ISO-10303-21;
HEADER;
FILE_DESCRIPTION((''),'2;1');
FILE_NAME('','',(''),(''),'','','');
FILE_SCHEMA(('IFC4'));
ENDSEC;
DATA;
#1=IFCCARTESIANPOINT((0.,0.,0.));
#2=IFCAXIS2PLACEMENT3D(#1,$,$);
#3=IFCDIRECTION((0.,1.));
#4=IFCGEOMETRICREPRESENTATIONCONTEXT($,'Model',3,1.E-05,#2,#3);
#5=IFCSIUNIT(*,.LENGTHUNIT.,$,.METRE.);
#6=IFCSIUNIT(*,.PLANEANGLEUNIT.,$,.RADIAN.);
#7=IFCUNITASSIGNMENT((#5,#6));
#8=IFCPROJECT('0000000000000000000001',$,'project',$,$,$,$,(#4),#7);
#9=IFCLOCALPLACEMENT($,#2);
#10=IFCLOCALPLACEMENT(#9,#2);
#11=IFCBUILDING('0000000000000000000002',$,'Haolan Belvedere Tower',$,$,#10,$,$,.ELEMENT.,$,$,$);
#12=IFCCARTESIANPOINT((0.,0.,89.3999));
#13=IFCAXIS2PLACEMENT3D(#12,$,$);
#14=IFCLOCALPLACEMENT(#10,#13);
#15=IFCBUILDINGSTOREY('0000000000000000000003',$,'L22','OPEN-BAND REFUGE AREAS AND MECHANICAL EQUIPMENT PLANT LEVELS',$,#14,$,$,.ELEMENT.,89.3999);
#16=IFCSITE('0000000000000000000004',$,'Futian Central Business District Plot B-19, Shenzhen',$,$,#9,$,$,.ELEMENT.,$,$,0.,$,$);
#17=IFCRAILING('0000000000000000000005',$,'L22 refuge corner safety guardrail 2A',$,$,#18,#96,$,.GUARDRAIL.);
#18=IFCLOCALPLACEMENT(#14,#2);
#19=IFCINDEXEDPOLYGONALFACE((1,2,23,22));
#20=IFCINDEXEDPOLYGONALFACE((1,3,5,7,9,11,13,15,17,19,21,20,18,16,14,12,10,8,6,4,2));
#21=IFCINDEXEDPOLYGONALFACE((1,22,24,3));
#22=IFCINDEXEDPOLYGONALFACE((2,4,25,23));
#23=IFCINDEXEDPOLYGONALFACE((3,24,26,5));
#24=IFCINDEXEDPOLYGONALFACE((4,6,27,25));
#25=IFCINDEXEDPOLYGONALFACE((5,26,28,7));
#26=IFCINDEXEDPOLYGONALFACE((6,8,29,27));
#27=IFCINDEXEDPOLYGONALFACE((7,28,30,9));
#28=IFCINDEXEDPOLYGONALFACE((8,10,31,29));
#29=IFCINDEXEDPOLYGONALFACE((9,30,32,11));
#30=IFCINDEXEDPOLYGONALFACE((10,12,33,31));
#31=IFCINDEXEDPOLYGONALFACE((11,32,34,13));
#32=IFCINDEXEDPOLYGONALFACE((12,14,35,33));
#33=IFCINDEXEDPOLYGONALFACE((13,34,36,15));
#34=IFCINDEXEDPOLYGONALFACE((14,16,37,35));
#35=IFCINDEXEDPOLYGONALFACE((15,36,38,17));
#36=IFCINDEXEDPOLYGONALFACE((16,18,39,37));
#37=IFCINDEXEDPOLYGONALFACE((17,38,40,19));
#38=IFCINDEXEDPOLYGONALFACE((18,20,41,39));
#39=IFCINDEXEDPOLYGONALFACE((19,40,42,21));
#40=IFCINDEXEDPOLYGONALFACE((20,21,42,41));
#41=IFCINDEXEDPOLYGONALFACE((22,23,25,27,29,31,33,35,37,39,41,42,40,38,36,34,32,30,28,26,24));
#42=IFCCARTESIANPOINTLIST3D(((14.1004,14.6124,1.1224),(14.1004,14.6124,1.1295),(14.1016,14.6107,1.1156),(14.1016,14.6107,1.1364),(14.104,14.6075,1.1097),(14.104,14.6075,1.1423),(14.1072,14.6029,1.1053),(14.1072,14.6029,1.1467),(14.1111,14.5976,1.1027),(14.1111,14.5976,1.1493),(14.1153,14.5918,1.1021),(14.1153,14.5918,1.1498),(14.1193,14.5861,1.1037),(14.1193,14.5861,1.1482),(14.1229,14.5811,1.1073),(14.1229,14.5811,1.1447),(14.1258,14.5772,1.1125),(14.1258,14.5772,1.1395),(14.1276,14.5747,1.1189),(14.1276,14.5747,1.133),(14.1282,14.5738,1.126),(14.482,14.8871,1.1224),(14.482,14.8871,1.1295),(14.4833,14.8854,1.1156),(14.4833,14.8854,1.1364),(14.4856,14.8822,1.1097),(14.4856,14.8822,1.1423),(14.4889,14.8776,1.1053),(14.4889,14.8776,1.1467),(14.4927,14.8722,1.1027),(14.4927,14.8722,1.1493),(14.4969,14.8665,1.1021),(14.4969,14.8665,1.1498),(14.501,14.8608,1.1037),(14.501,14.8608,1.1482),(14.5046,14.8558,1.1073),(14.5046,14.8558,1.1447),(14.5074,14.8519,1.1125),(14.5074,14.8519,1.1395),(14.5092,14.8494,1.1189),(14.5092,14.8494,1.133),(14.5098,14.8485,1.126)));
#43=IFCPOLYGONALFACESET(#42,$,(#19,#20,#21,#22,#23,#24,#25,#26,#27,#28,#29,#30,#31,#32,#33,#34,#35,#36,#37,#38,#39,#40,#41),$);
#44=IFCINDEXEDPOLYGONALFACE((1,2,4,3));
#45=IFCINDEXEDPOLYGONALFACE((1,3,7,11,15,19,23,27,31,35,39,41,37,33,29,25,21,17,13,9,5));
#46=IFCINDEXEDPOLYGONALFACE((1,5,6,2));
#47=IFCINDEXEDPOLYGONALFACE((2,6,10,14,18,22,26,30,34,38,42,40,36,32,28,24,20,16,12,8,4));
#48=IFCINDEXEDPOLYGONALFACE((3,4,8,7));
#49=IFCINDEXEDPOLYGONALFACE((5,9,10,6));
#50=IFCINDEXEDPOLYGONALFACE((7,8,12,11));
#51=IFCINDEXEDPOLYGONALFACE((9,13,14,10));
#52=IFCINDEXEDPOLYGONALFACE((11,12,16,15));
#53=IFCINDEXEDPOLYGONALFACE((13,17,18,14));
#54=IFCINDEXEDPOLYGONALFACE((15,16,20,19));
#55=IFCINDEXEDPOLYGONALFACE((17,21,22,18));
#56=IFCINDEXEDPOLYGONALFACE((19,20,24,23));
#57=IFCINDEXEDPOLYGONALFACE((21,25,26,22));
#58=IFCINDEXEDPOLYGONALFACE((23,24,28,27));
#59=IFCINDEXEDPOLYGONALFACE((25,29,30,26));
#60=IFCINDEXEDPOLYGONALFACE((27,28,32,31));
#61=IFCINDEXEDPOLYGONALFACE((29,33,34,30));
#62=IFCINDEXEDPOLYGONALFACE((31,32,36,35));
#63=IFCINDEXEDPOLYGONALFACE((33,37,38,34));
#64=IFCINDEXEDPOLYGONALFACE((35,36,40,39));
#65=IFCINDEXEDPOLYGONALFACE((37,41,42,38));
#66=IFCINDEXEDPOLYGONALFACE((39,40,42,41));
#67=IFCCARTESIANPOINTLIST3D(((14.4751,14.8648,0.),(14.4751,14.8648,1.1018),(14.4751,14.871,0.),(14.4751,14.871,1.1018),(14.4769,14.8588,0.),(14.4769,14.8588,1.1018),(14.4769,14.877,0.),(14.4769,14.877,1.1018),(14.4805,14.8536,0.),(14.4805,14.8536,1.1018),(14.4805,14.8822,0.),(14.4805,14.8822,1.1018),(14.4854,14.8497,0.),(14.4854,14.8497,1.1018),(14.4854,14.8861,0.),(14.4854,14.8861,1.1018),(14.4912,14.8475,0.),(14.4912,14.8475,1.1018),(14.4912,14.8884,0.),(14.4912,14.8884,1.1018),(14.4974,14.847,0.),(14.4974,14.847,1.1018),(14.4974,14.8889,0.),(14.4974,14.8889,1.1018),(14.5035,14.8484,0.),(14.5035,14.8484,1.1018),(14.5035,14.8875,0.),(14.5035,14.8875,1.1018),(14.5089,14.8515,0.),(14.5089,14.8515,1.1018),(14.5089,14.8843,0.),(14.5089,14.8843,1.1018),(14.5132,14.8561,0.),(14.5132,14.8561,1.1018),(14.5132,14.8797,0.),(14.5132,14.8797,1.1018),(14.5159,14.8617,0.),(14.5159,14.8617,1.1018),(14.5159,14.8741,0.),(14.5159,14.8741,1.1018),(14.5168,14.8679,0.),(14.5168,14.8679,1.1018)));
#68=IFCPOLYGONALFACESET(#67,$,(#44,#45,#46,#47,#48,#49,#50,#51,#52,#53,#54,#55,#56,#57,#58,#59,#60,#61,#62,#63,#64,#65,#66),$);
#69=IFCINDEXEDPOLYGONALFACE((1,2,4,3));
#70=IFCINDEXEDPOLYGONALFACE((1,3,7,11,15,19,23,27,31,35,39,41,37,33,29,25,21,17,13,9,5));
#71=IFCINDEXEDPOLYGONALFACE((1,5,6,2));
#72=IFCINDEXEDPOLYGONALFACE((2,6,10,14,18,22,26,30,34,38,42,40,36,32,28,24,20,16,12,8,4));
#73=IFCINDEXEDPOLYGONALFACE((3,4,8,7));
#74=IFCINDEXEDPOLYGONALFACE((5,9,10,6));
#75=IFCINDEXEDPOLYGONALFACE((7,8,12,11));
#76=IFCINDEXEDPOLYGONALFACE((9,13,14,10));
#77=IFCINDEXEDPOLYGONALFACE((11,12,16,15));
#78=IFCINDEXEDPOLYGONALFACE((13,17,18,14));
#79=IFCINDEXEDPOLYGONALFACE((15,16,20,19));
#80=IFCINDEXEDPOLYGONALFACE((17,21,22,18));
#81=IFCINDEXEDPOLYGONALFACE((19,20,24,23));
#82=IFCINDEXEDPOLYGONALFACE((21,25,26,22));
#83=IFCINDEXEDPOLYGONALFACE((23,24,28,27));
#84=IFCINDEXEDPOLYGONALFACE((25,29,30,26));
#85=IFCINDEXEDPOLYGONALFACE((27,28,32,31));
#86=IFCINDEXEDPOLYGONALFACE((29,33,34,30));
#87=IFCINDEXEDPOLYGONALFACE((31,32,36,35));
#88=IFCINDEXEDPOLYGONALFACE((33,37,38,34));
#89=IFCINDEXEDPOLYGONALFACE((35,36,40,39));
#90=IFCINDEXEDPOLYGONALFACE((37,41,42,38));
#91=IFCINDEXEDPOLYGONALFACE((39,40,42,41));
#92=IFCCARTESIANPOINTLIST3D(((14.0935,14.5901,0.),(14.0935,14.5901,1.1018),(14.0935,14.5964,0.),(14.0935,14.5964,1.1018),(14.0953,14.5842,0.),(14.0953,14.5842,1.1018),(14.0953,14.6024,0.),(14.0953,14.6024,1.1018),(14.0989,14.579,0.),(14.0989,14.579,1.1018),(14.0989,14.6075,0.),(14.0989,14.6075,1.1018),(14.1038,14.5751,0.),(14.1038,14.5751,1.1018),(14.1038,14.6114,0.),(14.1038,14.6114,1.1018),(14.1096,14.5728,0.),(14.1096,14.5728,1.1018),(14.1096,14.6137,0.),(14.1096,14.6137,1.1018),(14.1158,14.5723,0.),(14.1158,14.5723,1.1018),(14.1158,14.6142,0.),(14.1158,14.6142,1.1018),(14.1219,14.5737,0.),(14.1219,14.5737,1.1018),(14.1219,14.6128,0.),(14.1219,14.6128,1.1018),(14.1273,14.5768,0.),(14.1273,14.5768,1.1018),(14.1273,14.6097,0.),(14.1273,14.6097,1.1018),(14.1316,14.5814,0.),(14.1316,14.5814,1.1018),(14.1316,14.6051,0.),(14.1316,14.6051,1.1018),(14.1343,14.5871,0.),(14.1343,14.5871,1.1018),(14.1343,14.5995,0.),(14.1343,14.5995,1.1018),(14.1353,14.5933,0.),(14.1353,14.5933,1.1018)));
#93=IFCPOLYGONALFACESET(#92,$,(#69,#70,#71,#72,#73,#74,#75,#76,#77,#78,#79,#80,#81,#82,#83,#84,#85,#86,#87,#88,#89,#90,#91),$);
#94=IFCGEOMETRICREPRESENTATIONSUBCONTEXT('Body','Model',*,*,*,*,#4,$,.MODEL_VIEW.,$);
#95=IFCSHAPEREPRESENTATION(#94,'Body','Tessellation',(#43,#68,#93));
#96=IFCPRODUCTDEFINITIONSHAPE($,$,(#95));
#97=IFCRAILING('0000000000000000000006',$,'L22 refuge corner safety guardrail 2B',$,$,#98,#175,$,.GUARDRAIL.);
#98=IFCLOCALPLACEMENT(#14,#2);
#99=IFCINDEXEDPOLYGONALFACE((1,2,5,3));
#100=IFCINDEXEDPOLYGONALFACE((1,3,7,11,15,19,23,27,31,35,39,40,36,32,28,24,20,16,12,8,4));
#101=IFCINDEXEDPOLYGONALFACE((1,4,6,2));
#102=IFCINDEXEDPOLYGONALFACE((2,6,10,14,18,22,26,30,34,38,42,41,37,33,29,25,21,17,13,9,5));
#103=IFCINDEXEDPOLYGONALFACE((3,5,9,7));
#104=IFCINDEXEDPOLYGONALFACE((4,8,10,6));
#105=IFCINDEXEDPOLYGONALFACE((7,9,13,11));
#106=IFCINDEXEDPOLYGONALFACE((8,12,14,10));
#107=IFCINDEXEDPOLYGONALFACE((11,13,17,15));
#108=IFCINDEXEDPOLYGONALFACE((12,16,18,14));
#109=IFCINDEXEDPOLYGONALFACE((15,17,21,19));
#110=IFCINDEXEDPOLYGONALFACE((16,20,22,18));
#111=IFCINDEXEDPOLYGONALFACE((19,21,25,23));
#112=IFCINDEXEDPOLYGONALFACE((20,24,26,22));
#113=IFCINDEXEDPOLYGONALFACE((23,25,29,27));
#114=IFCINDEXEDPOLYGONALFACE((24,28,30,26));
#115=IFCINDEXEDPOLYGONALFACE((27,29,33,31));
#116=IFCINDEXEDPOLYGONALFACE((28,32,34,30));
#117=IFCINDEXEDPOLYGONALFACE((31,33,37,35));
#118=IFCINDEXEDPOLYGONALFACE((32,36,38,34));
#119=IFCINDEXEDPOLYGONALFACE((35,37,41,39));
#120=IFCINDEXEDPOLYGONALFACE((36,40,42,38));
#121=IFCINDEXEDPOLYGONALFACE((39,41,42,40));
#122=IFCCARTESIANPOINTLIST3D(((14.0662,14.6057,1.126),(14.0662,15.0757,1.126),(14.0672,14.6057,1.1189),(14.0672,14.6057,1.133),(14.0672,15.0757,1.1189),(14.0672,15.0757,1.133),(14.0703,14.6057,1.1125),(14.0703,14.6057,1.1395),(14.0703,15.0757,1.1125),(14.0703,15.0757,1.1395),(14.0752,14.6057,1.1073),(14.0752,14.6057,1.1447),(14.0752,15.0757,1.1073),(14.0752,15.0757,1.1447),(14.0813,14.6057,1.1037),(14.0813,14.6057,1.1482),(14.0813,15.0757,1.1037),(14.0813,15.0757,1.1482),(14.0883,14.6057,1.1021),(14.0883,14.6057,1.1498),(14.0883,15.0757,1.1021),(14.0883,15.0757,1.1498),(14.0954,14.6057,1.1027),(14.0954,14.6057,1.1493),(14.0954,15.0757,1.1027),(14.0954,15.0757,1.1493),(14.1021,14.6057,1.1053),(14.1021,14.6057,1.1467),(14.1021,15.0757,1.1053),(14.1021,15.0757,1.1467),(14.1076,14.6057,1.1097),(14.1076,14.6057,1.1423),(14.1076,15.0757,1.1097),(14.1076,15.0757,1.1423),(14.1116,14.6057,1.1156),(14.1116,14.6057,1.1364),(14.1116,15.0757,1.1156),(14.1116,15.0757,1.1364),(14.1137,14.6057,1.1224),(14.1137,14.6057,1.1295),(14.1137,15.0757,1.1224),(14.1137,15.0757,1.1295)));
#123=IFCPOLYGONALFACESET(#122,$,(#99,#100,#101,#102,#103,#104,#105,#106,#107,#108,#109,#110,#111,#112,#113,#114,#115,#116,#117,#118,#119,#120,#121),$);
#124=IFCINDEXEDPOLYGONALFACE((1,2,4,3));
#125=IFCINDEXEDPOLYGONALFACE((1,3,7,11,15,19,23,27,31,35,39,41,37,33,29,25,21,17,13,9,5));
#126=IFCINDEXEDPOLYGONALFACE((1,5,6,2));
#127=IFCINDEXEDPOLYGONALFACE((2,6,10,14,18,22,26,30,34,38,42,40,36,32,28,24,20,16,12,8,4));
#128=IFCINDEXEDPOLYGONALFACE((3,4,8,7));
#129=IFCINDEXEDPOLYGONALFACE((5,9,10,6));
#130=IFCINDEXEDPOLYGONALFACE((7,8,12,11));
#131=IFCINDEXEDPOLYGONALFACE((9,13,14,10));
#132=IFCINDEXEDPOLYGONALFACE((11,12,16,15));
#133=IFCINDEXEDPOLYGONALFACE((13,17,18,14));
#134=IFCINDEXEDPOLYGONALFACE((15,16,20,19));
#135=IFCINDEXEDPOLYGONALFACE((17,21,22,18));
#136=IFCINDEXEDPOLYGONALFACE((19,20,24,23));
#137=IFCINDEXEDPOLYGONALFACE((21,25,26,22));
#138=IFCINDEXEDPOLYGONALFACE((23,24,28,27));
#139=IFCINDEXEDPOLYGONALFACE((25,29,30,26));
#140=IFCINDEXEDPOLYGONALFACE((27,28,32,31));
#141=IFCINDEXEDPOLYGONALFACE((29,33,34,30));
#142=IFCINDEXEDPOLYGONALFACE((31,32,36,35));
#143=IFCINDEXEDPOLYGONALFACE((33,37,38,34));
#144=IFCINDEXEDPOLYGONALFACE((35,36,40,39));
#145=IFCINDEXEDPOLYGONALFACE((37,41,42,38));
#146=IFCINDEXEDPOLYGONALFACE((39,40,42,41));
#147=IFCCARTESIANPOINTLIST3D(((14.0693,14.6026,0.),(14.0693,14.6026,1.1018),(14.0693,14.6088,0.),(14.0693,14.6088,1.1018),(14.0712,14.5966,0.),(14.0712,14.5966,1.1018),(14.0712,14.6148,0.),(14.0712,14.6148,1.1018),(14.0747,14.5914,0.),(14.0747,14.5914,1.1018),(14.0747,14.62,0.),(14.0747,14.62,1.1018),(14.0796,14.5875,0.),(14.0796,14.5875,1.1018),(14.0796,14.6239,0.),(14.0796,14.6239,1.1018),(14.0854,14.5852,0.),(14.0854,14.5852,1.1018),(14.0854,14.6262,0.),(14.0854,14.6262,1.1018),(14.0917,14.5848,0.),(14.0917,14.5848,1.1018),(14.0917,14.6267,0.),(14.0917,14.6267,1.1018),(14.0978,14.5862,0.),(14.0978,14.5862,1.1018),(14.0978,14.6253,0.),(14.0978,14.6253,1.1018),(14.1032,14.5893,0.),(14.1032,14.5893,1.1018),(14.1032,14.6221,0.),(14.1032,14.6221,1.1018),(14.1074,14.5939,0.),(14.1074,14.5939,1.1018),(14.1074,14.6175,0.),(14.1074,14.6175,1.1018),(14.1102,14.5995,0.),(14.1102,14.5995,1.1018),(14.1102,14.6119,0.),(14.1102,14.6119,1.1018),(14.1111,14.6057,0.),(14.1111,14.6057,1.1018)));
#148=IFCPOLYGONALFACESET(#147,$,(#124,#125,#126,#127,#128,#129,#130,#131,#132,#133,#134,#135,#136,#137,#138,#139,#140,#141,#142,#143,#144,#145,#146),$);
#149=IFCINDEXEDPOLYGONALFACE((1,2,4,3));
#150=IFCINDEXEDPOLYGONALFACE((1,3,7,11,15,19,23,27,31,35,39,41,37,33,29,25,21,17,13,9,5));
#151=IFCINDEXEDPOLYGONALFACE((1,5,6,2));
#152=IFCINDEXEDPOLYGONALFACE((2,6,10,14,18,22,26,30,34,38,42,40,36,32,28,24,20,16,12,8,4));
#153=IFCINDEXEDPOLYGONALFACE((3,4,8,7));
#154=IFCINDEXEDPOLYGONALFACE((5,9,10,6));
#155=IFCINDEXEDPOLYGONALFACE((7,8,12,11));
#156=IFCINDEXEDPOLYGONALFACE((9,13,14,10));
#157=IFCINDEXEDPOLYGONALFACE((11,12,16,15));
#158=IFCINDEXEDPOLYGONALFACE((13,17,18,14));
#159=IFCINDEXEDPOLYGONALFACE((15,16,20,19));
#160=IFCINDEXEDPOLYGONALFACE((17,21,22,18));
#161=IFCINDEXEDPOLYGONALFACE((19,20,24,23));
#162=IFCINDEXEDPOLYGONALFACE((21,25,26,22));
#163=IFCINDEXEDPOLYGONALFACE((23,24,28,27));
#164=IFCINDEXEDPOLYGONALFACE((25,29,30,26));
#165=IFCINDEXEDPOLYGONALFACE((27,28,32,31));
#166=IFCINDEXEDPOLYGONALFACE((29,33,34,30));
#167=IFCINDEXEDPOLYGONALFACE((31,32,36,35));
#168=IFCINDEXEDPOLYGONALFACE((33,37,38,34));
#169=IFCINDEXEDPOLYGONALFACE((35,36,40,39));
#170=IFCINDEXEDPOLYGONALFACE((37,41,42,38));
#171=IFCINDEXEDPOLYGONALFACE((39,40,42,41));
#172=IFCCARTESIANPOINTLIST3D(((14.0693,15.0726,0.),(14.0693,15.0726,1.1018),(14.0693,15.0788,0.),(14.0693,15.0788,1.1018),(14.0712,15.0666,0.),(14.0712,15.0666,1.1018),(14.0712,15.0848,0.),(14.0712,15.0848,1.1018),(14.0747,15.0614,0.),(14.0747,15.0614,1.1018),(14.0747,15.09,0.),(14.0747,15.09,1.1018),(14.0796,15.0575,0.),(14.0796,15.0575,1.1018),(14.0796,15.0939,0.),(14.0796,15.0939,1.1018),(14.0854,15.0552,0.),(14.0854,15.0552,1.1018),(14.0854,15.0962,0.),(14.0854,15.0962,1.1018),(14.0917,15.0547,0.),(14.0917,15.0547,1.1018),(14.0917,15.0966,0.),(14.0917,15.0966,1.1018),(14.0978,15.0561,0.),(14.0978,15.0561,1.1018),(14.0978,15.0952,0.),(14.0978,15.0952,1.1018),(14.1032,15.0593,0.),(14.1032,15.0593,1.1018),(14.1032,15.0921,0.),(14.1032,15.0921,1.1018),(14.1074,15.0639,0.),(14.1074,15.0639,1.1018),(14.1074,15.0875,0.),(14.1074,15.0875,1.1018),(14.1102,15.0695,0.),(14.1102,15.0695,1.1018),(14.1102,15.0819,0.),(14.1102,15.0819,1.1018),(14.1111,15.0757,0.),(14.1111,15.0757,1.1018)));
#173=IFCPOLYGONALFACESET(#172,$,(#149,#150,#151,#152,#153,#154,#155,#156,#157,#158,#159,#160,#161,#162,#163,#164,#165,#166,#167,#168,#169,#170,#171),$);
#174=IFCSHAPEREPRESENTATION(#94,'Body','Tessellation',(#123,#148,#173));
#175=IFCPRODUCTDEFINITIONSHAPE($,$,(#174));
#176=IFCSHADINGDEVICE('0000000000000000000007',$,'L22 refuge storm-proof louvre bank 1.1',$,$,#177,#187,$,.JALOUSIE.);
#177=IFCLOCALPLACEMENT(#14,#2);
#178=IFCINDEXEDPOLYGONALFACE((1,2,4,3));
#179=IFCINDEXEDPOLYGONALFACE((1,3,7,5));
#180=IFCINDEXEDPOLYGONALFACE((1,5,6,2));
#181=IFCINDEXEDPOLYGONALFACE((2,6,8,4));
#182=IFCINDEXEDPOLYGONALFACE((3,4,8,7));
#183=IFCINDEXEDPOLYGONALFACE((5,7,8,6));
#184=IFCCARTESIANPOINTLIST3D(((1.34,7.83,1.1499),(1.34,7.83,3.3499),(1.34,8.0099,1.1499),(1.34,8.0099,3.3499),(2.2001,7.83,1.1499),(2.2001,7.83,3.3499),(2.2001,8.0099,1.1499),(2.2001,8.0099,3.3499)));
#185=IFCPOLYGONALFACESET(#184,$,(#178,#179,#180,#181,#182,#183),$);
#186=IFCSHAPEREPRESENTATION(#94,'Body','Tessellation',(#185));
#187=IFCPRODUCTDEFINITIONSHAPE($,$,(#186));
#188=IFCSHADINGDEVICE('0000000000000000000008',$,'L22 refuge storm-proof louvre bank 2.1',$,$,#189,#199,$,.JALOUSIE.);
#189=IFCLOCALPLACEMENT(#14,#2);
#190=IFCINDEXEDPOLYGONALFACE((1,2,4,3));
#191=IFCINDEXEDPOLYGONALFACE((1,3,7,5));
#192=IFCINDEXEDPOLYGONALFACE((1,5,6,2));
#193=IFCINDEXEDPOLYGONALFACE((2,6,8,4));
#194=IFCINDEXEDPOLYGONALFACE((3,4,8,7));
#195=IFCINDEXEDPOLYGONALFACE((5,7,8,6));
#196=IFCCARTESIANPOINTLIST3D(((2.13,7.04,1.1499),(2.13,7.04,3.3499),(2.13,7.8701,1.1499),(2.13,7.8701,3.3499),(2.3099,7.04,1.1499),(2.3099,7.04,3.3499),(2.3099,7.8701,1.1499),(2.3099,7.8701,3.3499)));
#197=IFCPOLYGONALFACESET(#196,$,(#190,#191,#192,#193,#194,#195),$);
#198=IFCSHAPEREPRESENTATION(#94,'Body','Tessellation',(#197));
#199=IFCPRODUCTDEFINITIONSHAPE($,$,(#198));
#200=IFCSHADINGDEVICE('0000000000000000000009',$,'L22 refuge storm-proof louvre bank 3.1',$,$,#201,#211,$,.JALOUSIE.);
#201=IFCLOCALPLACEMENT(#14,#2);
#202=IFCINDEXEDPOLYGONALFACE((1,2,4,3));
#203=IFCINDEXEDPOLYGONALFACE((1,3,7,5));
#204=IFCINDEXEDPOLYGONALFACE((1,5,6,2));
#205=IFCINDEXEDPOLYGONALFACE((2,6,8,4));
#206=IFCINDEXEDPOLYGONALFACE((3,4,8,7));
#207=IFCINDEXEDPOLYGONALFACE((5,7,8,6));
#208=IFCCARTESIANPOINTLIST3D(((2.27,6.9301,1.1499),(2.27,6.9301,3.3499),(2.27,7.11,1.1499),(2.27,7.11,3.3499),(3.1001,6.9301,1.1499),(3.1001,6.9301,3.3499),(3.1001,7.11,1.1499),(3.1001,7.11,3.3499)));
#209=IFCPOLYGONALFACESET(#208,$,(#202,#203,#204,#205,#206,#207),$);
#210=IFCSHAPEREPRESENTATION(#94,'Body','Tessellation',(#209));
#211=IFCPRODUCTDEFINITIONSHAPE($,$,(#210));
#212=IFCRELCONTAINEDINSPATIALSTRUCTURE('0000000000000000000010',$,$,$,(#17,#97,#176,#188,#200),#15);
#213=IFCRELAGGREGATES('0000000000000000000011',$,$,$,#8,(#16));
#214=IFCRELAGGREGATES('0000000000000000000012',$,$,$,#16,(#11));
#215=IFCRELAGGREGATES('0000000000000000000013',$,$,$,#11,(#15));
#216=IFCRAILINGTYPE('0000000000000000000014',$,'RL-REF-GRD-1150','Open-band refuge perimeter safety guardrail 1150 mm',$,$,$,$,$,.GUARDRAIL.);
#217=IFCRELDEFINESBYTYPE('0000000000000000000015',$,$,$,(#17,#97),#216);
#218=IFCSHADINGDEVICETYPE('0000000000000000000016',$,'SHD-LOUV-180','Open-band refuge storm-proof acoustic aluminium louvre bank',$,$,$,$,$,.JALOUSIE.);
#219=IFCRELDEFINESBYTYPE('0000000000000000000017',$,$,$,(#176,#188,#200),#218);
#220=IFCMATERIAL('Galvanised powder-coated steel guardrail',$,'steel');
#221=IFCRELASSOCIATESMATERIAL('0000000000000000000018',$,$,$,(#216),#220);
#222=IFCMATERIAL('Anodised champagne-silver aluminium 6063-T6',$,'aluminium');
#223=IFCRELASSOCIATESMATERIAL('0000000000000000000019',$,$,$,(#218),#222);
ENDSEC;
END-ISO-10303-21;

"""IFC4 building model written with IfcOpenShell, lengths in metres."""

from ifc_helpers import new_model, si_unit, direction, frame, origin, origin_2d, place, context, subcontext, project, spatial, rectangle, circle, extrude, material, type_object, element, save


model = new_model("IFC4")

# Units and contexts
model_context = context("Model", 3, precision=1e-05, world=origin(), true_north=direction((0.0, 1.0)))
body_context = subcontext(model_context, "Body", "Model", "MODEL_VIEW")
ifc_project = project(units=[si_unit("LENGTHUNIT", "METRE"), si_unit("PLANEANGLEUNIT", "RADIAN")], contexts=[model_context])

# Site, building, storey
site_placement = place(None, origin())
site = spatial("IfcSite", under=ifc_project, at=site_placement, Name="Futian Central Business District Plot B-19, Shenzhen", CompositionType="ELEMENT", RefElevation=0.0)
building_placement = place(site_placement, origin())
building = spatial("IfcBuilding", under=site, at=building_placement, Name="Haolan Belvedere Tower", CompositionType="ELEMENT")
storey_placement = place(building_placement, frame((0.0, 0.0, 89.3999)))
storey = spatial("IfcBuildingStorey", under=building, at=storey_placement, Name="L22", Description="OPEN-BAND REFUGE AREAS AND MECHANICAL EQUIPMENT PLANT LEVELS", CompositionType="ELEMENT", Elevation=89.3999)

# Railings
ifc_material_1 = material(Name="Galvanised powder-coated steel guardrail", Category="steel")
railing_type = type_object("IfcRailingType", Name="RL-REF-GRD-1150", Description="Open-band refuge perimeter safety guardrail 1150 mm", PredefinedType="GUARDRAIL", material=ifc_material_1)
railing_1_placement = place(storey_placement, frame((14.4958, 14.8679, 0.0)))
element("IfcRailing", 1, at=railing_1_placement, inside=storey, type_object=railing_type, Name="L22 refuge corner safety guardrail 2A", PredefinedType="GUARDRAIL", context=body_context, shape_type="SweptSolid", body=[
    extrude(circle(Radius=0.0239, at=origin_2d()), frame((0.0, 0.0, 1.126), z_axis=(-0.811623, -0.584182, 0.0), x_axis=(0.584182, -0.811623, 0.0)), (0.0, 0.0, 1.0), 0.4702),
    extrude(circle(Radius=0.021, at=origin_2d()), origin(), (0.0, 0.0, 1.0), 1.1018),
    extrude(circle(Radius=0.021, at=origin_2d()), frame((-0.3816, -0.2747, 0.0)), (0.0, 0.0, 1.0), 1.1018),
])
railing_2_placement = place(storey_placement, frame((14.0901, 14.6057, 0.0)))
element("IfcRailing", 2, at=railing_2_placement, inside=storey, type_object=railing_type, Name="L22 refuge corner safety guardrail 2B", PredefinedType="GUARDRAIL", context=body_context, shape_type="SweptSolid", body=[
    extrude(circle(Radius=0.0239, at=origin_2d()), frame((0.0, 0.0, 1.126), z_axis=(0.0, 1.0, 0.0), x_axis=(-1.0, 0.0, 0.0)), (0.0, 0.0, 1.0), 0.47),
    extrude(circle(Radius=0.021, at=origin_2d()), origin(), (0.0, 0.0, 1.0), 1.1018),
    extrude(circle(Radius=0.021, at=origin_2d()), frame((0.0, 0.47, 0.0)), (0.0, 0.0, 1.0), 1.1018),
])

# Shading devices
ifc_material_2 = material(Name="Anodised champagne-silver aluminium 6063-T6", Category="aluminium")
shading_device_type = type_object("IfcShadingDeviceType", Name="SHD-LOUV-180", Description="Open-band refuge storm-proof acoustic aluminium louvre bank", PredefinedType="JALOUSIE", material=ifc_material_2)
shading_device_1_placement = place(storey_placement, frame((1.77, 7.9199, 1.1499), z_axis=(0.0, 0.0, 1.0), x_axis=(1.0, 0.0, 0.0)))
element("IfcShadingDevice", 3, at=shading_device_1_placement, inside=storey, type_object=shading_device_type, Name="L22 refuge storm-proof louvre bank 1.1", PredefinedType="JALOUSIE", context=body_context, shape_type="SweptSolid", body=[
    extrude(rectangle(XDim=0.8601, YDim=0.1799, at=origin_2d()), origin(), (0.0, 0.0, 1.0), 2.2),
])
for number, where, z_axis, x_axis, name in (
    (4, (2.22, 7.4551, 1.1499), (0.0, 0.0, 1.0), (0.0, -1.0, 0.0), "L22 refuge storm-proof louvre bank 2.1"),
    (5, (2.6851, 7.02, 1.1499), (0.0, 0.0, 1.0), (1.0, 0.0, 0.0), "L22 refuge storm-proof louvre bank 3.1"),
):
    element("IfcShadingDevice", number, at=place(storey_placement, frame(where, z_axis=z_axis, x_axis=x_axis)), inside=storey, type_object=shading_device_type, Name=name, PredefinedType="JALOUSIE", context=body_context, shape_type="SweptSolid", body=[
        extrude(rectangle(XDim=0.8301, YDim=0.1799, at=origin_2d()), origin(), (0.0, 0.0, 1.0), 2.2),
    ])

save(model, "model.ifc")
